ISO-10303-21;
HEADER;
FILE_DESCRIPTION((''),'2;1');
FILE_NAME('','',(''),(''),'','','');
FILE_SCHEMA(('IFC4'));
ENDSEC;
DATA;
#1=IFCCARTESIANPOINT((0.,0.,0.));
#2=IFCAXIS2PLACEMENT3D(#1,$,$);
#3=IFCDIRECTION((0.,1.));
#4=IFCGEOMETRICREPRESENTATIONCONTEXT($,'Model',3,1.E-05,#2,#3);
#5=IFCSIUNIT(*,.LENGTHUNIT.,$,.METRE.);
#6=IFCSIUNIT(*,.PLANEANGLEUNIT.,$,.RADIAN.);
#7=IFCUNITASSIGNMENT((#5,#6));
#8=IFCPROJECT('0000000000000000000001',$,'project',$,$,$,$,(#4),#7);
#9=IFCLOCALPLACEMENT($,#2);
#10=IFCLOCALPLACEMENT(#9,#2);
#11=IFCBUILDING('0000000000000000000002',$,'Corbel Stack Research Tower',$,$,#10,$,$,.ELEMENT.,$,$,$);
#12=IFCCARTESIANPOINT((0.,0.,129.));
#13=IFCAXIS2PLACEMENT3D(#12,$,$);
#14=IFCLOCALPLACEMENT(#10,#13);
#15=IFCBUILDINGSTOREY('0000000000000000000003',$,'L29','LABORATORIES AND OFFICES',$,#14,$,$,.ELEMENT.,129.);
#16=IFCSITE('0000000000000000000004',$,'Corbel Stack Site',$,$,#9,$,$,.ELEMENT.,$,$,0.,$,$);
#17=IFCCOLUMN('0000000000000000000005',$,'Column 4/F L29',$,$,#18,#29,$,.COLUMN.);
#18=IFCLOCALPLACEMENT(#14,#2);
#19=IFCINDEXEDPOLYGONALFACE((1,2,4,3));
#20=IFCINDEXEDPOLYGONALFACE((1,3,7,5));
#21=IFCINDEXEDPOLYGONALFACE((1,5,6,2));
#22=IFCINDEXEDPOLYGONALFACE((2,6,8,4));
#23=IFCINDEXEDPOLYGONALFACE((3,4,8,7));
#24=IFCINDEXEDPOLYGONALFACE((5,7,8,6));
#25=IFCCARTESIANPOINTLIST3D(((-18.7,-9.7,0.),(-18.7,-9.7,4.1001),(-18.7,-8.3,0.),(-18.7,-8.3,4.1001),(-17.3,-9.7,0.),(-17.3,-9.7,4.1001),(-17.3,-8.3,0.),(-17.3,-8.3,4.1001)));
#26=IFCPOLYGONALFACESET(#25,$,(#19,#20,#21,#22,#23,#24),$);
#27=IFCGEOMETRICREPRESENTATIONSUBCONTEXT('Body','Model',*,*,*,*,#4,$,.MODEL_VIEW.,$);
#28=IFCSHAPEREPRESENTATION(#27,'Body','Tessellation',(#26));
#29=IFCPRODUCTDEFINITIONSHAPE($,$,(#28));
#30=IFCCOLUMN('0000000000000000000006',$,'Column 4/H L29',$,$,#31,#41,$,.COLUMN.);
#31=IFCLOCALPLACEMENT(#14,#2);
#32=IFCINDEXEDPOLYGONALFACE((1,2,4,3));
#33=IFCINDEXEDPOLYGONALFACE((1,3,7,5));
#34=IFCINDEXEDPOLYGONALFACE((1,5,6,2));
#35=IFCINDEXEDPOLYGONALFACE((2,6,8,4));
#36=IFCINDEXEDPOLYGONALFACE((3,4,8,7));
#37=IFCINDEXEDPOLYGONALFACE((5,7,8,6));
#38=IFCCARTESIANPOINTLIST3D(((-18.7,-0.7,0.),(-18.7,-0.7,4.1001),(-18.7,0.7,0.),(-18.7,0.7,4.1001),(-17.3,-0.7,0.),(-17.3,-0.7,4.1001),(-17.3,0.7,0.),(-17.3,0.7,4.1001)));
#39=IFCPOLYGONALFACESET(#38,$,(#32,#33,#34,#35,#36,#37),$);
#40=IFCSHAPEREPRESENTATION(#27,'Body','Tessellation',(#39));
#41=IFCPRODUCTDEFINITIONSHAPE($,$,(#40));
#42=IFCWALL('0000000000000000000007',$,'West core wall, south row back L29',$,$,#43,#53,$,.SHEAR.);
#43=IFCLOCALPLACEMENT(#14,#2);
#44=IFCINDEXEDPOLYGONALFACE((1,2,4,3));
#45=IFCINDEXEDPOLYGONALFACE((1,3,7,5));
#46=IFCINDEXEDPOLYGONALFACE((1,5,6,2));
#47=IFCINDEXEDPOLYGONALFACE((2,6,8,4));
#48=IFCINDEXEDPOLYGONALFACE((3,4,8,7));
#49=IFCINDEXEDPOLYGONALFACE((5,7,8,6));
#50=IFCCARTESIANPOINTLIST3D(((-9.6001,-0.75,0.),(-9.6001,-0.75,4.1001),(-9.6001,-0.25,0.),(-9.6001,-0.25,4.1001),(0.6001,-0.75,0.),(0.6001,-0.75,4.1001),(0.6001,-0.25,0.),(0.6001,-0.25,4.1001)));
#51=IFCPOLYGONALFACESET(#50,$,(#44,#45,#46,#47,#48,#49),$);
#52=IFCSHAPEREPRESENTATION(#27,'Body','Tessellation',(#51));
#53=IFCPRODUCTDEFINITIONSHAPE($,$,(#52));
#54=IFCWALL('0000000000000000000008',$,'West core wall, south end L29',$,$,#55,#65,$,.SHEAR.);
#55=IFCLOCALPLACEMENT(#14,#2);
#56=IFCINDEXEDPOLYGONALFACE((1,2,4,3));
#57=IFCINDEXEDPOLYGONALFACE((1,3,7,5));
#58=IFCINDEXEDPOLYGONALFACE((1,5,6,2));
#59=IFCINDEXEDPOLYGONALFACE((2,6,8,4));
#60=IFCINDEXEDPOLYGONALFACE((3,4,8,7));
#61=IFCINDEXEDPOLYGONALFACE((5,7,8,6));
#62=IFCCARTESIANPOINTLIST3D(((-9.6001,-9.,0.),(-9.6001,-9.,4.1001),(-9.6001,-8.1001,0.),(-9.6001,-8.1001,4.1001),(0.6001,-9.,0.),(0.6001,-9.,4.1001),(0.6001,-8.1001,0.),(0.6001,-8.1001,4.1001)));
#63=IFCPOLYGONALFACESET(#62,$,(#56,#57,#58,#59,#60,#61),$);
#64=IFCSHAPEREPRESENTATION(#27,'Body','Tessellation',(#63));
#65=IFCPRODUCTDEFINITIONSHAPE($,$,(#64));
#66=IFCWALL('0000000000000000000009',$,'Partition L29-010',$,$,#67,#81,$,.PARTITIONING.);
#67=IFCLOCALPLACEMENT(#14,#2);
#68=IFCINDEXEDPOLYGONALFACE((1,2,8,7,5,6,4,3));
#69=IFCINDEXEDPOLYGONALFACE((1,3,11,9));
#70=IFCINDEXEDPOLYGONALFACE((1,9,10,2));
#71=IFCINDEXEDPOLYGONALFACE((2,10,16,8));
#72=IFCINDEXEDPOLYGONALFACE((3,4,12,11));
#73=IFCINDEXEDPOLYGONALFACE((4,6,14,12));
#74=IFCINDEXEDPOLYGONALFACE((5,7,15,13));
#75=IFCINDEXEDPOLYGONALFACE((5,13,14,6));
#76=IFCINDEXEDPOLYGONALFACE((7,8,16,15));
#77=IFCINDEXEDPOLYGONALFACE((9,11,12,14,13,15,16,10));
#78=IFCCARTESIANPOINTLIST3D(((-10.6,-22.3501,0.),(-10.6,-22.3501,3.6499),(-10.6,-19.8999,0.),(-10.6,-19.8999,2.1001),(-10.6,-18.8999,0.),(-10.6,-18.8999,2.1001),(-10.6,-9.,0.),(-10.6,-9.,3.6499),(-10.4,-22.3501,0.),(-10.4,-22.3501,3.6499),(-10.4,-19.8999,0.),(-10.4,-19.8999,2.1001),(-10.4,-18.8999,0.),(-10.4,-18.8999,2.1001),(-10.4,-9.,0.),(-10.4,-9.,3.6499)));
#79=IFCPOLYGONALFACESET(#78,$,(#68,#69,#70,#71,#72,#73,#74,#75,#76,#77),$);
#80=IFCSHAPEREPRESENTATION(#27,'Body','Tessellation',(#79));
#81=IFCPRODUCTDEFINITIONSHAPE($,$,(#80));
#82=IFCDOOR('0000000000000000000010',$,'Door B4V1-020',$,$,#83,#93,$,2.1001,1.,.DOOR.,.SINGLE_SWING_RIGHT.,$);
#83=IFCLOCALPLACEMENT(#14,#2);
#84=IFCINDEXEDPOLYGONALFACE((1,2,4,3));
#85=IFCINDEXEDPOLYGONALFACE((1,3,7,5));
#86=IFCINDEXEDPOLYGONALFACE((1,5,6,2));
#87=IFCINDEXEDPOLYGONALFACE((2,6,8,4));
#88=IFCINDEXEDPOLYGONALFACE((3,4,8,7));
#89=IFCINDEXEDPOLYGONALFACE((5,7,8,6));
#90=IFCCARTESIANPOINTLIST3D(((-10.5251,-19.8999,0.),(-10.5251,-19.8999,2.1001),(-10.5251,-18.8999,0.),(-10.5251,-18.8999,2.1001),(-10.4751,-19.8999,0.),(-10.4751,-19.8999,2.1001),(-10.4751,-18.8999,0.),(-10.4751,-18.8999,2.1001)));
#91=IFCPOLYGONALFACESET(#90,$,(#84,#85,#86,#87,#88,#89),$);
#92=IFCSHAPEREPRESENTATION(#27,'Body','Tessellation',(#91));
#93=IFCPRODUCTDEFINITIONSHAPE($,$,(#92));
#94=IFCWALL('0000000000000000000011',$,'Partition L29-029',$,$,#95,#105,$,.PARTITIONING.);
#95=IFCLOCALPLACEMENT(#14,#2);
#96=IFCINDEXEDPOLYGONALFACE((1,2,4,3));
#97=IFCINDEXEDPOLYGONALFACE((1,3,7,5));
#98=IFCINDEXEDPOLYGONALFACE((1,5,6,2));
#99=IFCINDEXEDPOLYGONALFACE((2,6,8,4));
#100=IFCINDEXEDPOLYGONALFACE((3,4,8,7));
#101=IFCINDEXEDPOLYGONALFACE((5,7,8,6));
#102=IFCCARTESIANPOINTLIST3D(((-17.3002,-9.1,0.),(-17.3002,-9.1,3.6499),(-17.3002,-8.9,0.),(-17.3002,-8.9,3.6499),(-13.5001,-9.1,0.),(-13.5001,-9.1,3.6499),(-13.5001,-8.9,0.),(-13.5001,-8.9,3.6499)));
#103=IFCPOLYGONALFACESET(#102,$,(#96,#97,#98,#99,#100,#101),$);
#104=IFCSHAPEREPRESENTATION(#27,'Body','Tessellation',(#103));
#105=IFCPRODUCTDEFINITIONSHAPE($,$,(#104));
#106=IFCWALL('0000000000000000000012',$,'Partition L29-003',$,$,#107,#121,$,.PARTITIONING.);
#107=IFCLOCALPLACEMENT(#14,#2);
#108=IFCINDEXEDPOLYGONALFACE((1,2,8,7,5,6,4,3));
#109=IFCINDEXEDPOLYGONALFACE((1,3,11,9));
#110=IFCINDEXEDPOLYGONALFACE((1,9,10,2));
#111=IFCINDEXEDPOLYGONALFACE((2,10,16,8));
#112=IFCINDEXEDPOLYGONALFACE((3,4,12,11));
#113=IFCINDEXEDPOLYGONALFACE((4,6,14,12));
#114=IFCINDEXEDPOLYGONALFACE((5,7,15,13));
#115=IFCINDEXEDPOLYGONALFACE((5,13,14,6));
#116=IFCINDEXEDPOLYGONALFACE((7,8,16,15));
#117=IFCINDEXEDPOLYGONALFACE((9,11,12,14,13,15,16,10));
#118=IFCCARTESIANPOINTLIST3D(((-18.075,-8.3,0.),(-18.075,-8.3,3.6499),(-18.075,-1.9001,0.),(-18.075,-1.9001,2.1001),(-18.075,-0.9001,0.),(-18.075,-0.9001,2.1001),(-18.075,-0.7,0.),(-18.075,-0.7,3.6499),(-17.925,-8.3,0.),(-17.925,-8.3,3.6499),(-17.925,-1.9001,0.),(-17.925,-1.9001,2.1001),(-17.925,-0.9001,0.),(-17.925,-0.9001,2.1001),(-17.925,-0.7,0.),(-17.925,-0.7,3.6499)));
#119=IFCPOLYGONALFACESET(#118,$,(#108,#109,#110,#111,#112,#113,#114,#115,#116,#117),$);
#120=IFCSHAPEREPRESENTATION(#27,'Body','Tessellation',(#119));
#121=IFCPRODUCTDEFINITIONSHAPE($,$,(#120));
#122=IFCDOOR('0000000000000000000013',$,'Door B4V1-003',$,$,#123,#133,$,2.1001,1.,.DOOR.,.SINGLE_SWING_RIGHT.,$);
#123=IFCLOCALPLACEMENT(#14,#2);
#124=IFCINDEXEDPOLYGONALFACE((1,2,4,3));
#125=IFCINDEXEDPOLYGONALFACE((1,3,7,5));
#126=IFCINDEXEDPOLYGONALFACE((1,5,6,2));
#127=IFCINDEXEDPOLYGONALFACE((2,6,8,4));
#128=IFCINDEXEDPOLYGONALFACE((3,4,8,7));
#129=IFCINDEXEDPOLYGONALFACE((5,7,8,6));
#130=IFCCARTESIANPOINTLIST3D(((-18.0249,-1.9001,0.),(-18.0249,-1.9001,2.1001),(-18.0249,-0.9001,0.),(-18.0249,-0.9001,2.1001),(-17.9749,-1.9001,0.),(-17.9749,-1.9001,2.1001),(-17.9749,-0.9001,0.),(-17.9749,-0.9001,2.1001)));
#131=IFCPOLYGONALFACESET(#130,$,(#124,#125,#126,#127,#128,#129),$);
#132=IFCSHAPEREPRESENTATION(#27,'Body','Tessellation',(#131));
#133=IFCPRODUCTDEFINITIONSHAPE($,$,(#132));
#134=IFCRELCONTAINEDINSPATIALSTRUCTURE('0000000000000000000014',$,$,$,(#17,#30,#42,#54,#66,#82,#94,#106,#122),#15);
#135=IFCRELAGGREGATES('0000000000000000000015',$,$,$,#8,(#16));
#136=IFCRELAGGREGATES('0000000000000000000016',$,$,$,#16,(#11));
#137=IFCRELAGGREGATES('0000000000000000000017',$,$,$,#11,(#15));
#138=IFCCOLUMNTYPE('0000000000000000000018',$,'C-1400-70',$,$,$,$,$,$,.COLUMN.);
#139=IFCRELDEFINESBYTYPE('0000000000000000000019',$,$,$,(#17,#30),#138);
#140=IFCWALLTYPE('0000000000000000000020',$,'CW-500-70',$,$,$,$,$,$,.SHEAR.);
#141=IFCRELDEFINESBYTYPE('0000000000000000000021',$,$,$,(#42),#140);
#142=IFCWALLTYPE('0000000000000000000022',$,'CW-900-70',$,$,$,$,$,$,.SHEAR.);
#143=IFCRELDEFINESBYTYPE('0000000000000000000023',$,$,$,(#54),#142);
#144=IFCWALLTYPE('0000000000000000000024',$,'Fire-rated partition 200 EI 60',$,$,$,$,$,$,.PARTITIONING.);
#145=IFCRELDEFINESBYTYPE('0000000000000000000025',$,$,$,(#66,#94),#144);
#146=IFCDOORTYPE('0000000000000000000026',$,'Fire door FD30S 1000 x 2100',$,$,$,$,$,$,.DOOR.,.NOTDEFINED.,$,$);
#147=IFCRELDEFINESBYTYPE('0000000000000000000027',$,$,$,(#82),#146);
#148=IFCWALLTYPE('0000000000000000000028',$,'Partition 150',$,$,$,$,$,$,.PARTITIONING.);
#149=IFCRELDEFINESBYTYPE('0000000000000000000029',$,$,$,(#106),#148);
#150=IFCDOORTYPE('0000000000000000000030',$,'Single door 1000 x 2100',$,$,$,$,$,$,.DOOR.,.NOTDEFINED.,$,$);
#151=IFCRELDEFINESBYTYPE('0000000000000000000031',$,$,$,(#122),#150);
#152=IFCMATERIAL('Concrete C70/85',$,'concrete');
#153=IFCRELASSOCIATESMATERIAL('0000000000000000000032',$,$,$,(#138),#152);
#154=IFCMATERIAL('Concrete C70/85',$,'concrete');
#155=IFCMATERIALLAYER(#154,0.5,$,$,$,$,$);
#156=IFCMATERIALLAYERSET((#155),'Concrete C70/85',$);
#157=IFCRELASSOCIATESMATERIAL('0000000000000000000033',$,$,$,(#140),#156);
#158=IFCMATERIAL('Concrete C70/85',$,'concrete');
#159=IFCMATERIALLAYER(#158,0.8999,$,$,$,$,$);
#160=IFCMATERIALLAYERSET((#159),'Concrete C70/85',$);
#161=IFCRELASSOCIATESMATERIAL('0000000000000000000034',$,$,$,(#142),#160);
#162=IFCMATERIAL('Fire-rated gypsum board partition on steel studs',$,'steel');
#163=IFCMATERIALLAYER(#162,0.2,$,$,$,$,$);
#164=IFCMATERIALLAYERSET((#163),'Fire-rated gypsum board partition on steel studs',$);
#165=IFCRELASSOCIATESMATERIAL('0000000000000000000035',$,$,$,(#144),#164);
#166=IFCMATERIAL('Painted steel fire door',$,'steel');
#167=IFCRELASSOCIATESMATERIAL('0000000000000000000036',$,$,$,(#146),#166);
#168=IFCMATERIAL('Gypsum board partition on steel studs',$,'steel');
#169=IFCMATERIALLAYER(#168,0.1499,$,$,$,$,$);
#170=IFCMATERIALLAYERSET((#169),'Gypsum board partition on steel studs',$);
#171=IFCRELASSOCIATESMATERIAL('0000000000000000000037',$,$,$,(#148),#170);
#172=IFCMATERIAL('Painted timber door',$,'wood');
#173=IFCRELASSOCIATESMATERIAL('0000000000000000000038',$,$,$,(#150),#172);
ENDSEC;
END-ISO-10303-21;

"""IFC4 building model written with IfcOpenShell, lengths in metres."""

from ifc_helpers import new_model, si_unit, direction, frame, frame_2d, origin, origin_2d, place, context, subcontext, project, spatial, rectangle, extrude, material, layer, layer_set, material_profile, profile_set, type_object, element, fill, save


model = new_model("IFC4")

# Units and contexts
model_context = context("Model", 3, precision=1e-05, world=origin(), true_north=direction((0.0, 1.0)))
body_context = subcontext(model_context, "Body", "Model", "MODEL_VIEW")
ifc_project = project(units=[si_unit("LENGTHUNIT", "METRE"), si_unit("PLANEANGLEUNIT", "RADIAN")], contexts=[model_context])

# Site, building, storey
site_placement = place(None, origin())
site = spatial("IfcSite", under=ifc_project, at=site_placement, Name="Corbel Stack Site", CompositionType="ELEMENT", RefElevation=0.0)
building_placement = place(site_placement, origin())
building = spatial("IfcBuilding", under=site, at=building_placement, Name="Corbel Stack Research Tower", CompositionType="ELEMENT")
storey_placement = place(building_placement, frame((0.0, 0.0, 129.0)))
storey = spatial("IfcBuildingStorey", under=building, at=storey_placement, Name="L29", Description="LABORATORIES AND OFFICES", CompositionType="ELEMENT", Elevation=129.0)

# Columns
ifc_material_1 = material(Name="Concrete C70/85", Category="concrete")
ifc_material_profile = material_profile(ifc_material_1, rectangle(XDim=1.3999, YDim=1.3999, at=origin_2d()), Name="RC 1400 x 1400")
ifc_profile_set = profile_set([ifc_material_profile], Name="Concrete C70/85")
column_type = type_object("IfcColumnType", Name="C-1400-70", PredefinedType="COLUMN", material=ifc_profile_set)
for number, where, z_axis, x_axis, name in (
    (1, (-18.0, -9.0, 0.0), (0.0, 0.0, 1.0), (1.0, 0.0, 0.0), "Column 4/F L29"),
    (2, (-18.0, 0.0, 0.0), (0.0, 0.0, 1.0), (1.0, 0.0, 0.0), "Column 4/H L29"),
):
    element("IfcColumn", number, at=place(storey_placement, frame(where, z_axis=z_axis, x_axis=x_axis)), inside=storey, type_object=column_type, Name=name, PredefinedType="COLUMN", context=body_context, shape_type="SweptSolid", body=[
        extrude(rectangle(XDim=1.3999, YDim=1.3999, at=origin_2d()), origin(), (0.0, 0.0, 1.0), 4.1001),
    ])

# Wall
ifc_material_2 = material(Name="Concrete C70/85", Category="concrete")
ifc_layer_1 = layer(ifc_material_2, 0.5)
ifc_layer_set_1 = layer_set([ifc_layer_1], Name="Concrete C70/85")
wall_type_1 = type_object("IfcWallType", Name="CW-500-70", PredefinedType="SHEAR", material=ifc_layer_set_1)
wall_1_placement = place(storey_placement, frame((-9.6001, -0.5, 0.0), z_axis=(0.0, 0.0, 1.0), x_axis=(1.0, 0.0, 0.0)))
element("IfcWall", 3, at=wall_1_placement, inside=storey, type_object=wall_type_1, Name="West core wall, south row back L29", PredefinedType="SHEAR", context=body_context, shape_type="SweptSolid", body=[
    extrude(rectangle(XDim=10.2002, YDim=0.5, at=frame_2d((5.1001, 0.0))), origin(), (0.0, 0.0, 1.0), 4.1001),
])

# Shared definitions
ifc_material_3 = material(Name="Concrete C70/85", Category="concrete")
ifc_layer_2 = layer(ifc_material_3, 0.8999)
ifc_layer_set_2 = layer_set([ifc_layer_2], Name="Concrete C70/85")
wall_type_2 = type_object("IfcWallType", Name="CW-900-70", PredefinedType="SHEAR", material=ifc_layer_set_2)

# Wall
wall_2_placement = place(storey_placement, frame((-9.6001, -8.55, 0.0), z_axis=(0.0, 0.0, 1.0), x_axis=(1.0, 0.0, 0.0)))
element("IfcWall", 4, at=wall_2_placement, inside=storey, type_object=wall_type_2, Name="West core wall, south end L29", PredefinedType="SHEAR", context=body_context, shape_type="SweptSolid", body=[
    extrude(rectangle(XDim=10.2002, YDim=0.8999, at=frame_2d((5.1001, 0.0))), origin(), (0.0, 0.0, 1.0), 4.1001),
])

# Wall, opening, door
ifc_material_4 = material(Name="Fire-rated gypsum board partition on steel studs", Category="steel")
ifc_layer_3 = layer(ifc_material_4, 0.2)
ifc_layer_set_3 = layer_set([ifc_layer_3], Name="Fire-rated gypsum board partition on steel studs")
wall_type_3 = type_object("IfcWallType", Name="Fire-rated partition 200 EI 60", PredefinedType="PARTITIONING", material=ifc_layer_set_3)
wall_3_placement = place(storey_placement, frame((-10.5, -9.0, 0.0), z_axis=(0.0, 0.0, 1.0), x_axis=(0.0, -1.0, 0.0)))
wall_3 = element("IfcWall", 5, at=wall_3_placement, inside=storey, type_object=wall_type_3, Name="Partition L29-010", PredefinedType="PARTITIONING", context=body_context, shape_type="SweptSolid", body=[
    extrude(rectangle(XDim=13.3501, YDim=0.2, at=frame_2d((6.675, 0.0))), origin(), (0.0, 0.0, 1.0), 3.6499),
])
opening_1_placement = place(wall_3_placement, frame((9.8999, 0.0, 0.0)))
opening_1 = element("IfcOpeningElement", 6, at=opening_1_placement, cuts=wall_3, PredefinedType="OPENING", context=body_context, shape_type="SweptSolid", body=[
    extrude(rectangle(XDim=1.0, YDim=2.1001, at=frame_2d((0.5, 1.05))), frame((0.0, 0.1099, 0.0), z_axis=(0.0, -1.0, 0.0), x_axis=(1.0, 0.0, 0.0)), (0.0, 0.0, 1.0), 0.22),
])
ifc_material_5 = material(Name="Painted steel fire door", Category="steel")
door_type_1 = type_object("IfcDoorType", Name="Fire door FD30S 1000 x 2100", OperationType="NOTDEFINED", PredefinedType="DOOR", material=ifc_material_5)
door_1_placement = place(opening_1_placement, origin())
door_1 = element("IfcDoor", 7, at=door_1_placement, inside=storey, type_object=door_type_1, Name="Door B4V1-020", OperationType="SINGLE_SWING_RIGHT", OverallHeight=2.1001, OverallWidth=1.0, PredefinedType="DOOR", context=body_context, shape_type="SweptSolid", body=[
    extrude(rectangle(XDim=1.0, YDim=2.1001, at=frame_2d((0.5, 1.05))), frame((0.0, 0.0249, 0.0), z_axis=(0.0, -1.0, 0.0), x_axis=(1.0, 0.0, 0.0)), (0.0, 0.0, 1.0), 0.05),
])
fill(opening_1, door_1)

# Wall
wall_4_placement = place(storey_placement, frame((-17.3, -9.0, 0.0), z_axis=(0.0, 0.0, 1.0), x_axis=(1.0, 0.0, 0.0)))
element("IfcWall", 8, at=wall_4_placement, inside=storey, type_object=wall_type_3, Name="Partition L29-029", PredefinedType="PARTITIONING", context=body_context, shape_type="SweptSolid", body=[
    extrude(rectangle(XDim=3.8, YDim=0.2, at=frame_2d((1.8999, 0.0))), origin(), (0.0, 0.0, 1.0), 3.6499),
])

# Wall, opening, door
ifc_material_6 = material(Name="Gypsum board partition on steel studs", Category="steel")
ifc_layer_4 = layer(ifc_material_6, 0.1499)
ifc_layer_set_4 = layer_set([ifc_layer_4], Name="Gypsum board partition on steel studs")
wall_type_4 = type_object("IfcWallType", Name="Partition 150", PredefinedType="PARTITIONING", material=ifc_layer_set_4)
wall_5_placement = place(storey_placement, frame((-18.0, -8.3, 0.0), z_axis=(0.0, 0.0, 1.0), x_axis=(0.0, 1.0, 0.0)))
wall_5 = element("IfcWall", 9, at=wall_5_placement, inside=storey, type_object=wall_type_4, Name="Partition L29-003", PredefinedType="PARTITIONING", context=body_context, shape_type="SweptSolid", body=[
    extrude(rectangle(XDim=7.6001, YDim=0.1499, at=frame_2d((3.8, 0.0))), origin(), (0.0, 0.0, 1.0), 3.6499),
])
opening_2_placement = place(wall_5_placement, frame((6.3999, 0.0, 0.0)))
opening_2 = element("IfcOpeningElement", 10, at=opening_2_placement, cuts=wall_5, PredefinedType="OPENING", context=body_context, shape_type="SweptSolid", body=[
    extrude(rectangle(XDim=1.0, YDim=2.1001, at=frame_2d((0.5, 1.05))), frame((0.0, 0.085, 0.0), z_axis=(0.0, -1.0, 0.0), x_axis=(1.0, 0.0, 0.0)), (0.0, 0.0, 1.0), 0.1699),
])
ifc_material_7 = material(Name="Painted timber door", Category="wood")
door_type_2 = type_object("IfcDoorType", Name="Single door 1000 x 2100", OperationType="NOTDEFINED", PredefinedType="DOOR", material=ifc_material_7)
door_2_placement = place(opening_2_placement, origin())
door_2 = element("IfcDoor", 11, at=door_2_placement, inside=storey, type_object=door_type_2, Name="Door B4V1-003", OperationType="SINGLE_SWING_RIGHT", OverallHeight=2.1001, OverallWidth=1.0, PredefinedType="DOOR", context=body_context, shape_type="SweptSolid", body=[
    extrude(rectangle(XDim=1.0, YDim=2.1001, at=frame_2d((0.5, 1.05))), frame((0.0, 0.0249, 0.0), z_axis=(0.0, -1.0, 0.0), x_axis=(1.0, 0.0, 0.0)), (0.0, 0.0, 1.0), 0.05),
])
fill(opening_2, door_2)

save(model, "model.ifc")
